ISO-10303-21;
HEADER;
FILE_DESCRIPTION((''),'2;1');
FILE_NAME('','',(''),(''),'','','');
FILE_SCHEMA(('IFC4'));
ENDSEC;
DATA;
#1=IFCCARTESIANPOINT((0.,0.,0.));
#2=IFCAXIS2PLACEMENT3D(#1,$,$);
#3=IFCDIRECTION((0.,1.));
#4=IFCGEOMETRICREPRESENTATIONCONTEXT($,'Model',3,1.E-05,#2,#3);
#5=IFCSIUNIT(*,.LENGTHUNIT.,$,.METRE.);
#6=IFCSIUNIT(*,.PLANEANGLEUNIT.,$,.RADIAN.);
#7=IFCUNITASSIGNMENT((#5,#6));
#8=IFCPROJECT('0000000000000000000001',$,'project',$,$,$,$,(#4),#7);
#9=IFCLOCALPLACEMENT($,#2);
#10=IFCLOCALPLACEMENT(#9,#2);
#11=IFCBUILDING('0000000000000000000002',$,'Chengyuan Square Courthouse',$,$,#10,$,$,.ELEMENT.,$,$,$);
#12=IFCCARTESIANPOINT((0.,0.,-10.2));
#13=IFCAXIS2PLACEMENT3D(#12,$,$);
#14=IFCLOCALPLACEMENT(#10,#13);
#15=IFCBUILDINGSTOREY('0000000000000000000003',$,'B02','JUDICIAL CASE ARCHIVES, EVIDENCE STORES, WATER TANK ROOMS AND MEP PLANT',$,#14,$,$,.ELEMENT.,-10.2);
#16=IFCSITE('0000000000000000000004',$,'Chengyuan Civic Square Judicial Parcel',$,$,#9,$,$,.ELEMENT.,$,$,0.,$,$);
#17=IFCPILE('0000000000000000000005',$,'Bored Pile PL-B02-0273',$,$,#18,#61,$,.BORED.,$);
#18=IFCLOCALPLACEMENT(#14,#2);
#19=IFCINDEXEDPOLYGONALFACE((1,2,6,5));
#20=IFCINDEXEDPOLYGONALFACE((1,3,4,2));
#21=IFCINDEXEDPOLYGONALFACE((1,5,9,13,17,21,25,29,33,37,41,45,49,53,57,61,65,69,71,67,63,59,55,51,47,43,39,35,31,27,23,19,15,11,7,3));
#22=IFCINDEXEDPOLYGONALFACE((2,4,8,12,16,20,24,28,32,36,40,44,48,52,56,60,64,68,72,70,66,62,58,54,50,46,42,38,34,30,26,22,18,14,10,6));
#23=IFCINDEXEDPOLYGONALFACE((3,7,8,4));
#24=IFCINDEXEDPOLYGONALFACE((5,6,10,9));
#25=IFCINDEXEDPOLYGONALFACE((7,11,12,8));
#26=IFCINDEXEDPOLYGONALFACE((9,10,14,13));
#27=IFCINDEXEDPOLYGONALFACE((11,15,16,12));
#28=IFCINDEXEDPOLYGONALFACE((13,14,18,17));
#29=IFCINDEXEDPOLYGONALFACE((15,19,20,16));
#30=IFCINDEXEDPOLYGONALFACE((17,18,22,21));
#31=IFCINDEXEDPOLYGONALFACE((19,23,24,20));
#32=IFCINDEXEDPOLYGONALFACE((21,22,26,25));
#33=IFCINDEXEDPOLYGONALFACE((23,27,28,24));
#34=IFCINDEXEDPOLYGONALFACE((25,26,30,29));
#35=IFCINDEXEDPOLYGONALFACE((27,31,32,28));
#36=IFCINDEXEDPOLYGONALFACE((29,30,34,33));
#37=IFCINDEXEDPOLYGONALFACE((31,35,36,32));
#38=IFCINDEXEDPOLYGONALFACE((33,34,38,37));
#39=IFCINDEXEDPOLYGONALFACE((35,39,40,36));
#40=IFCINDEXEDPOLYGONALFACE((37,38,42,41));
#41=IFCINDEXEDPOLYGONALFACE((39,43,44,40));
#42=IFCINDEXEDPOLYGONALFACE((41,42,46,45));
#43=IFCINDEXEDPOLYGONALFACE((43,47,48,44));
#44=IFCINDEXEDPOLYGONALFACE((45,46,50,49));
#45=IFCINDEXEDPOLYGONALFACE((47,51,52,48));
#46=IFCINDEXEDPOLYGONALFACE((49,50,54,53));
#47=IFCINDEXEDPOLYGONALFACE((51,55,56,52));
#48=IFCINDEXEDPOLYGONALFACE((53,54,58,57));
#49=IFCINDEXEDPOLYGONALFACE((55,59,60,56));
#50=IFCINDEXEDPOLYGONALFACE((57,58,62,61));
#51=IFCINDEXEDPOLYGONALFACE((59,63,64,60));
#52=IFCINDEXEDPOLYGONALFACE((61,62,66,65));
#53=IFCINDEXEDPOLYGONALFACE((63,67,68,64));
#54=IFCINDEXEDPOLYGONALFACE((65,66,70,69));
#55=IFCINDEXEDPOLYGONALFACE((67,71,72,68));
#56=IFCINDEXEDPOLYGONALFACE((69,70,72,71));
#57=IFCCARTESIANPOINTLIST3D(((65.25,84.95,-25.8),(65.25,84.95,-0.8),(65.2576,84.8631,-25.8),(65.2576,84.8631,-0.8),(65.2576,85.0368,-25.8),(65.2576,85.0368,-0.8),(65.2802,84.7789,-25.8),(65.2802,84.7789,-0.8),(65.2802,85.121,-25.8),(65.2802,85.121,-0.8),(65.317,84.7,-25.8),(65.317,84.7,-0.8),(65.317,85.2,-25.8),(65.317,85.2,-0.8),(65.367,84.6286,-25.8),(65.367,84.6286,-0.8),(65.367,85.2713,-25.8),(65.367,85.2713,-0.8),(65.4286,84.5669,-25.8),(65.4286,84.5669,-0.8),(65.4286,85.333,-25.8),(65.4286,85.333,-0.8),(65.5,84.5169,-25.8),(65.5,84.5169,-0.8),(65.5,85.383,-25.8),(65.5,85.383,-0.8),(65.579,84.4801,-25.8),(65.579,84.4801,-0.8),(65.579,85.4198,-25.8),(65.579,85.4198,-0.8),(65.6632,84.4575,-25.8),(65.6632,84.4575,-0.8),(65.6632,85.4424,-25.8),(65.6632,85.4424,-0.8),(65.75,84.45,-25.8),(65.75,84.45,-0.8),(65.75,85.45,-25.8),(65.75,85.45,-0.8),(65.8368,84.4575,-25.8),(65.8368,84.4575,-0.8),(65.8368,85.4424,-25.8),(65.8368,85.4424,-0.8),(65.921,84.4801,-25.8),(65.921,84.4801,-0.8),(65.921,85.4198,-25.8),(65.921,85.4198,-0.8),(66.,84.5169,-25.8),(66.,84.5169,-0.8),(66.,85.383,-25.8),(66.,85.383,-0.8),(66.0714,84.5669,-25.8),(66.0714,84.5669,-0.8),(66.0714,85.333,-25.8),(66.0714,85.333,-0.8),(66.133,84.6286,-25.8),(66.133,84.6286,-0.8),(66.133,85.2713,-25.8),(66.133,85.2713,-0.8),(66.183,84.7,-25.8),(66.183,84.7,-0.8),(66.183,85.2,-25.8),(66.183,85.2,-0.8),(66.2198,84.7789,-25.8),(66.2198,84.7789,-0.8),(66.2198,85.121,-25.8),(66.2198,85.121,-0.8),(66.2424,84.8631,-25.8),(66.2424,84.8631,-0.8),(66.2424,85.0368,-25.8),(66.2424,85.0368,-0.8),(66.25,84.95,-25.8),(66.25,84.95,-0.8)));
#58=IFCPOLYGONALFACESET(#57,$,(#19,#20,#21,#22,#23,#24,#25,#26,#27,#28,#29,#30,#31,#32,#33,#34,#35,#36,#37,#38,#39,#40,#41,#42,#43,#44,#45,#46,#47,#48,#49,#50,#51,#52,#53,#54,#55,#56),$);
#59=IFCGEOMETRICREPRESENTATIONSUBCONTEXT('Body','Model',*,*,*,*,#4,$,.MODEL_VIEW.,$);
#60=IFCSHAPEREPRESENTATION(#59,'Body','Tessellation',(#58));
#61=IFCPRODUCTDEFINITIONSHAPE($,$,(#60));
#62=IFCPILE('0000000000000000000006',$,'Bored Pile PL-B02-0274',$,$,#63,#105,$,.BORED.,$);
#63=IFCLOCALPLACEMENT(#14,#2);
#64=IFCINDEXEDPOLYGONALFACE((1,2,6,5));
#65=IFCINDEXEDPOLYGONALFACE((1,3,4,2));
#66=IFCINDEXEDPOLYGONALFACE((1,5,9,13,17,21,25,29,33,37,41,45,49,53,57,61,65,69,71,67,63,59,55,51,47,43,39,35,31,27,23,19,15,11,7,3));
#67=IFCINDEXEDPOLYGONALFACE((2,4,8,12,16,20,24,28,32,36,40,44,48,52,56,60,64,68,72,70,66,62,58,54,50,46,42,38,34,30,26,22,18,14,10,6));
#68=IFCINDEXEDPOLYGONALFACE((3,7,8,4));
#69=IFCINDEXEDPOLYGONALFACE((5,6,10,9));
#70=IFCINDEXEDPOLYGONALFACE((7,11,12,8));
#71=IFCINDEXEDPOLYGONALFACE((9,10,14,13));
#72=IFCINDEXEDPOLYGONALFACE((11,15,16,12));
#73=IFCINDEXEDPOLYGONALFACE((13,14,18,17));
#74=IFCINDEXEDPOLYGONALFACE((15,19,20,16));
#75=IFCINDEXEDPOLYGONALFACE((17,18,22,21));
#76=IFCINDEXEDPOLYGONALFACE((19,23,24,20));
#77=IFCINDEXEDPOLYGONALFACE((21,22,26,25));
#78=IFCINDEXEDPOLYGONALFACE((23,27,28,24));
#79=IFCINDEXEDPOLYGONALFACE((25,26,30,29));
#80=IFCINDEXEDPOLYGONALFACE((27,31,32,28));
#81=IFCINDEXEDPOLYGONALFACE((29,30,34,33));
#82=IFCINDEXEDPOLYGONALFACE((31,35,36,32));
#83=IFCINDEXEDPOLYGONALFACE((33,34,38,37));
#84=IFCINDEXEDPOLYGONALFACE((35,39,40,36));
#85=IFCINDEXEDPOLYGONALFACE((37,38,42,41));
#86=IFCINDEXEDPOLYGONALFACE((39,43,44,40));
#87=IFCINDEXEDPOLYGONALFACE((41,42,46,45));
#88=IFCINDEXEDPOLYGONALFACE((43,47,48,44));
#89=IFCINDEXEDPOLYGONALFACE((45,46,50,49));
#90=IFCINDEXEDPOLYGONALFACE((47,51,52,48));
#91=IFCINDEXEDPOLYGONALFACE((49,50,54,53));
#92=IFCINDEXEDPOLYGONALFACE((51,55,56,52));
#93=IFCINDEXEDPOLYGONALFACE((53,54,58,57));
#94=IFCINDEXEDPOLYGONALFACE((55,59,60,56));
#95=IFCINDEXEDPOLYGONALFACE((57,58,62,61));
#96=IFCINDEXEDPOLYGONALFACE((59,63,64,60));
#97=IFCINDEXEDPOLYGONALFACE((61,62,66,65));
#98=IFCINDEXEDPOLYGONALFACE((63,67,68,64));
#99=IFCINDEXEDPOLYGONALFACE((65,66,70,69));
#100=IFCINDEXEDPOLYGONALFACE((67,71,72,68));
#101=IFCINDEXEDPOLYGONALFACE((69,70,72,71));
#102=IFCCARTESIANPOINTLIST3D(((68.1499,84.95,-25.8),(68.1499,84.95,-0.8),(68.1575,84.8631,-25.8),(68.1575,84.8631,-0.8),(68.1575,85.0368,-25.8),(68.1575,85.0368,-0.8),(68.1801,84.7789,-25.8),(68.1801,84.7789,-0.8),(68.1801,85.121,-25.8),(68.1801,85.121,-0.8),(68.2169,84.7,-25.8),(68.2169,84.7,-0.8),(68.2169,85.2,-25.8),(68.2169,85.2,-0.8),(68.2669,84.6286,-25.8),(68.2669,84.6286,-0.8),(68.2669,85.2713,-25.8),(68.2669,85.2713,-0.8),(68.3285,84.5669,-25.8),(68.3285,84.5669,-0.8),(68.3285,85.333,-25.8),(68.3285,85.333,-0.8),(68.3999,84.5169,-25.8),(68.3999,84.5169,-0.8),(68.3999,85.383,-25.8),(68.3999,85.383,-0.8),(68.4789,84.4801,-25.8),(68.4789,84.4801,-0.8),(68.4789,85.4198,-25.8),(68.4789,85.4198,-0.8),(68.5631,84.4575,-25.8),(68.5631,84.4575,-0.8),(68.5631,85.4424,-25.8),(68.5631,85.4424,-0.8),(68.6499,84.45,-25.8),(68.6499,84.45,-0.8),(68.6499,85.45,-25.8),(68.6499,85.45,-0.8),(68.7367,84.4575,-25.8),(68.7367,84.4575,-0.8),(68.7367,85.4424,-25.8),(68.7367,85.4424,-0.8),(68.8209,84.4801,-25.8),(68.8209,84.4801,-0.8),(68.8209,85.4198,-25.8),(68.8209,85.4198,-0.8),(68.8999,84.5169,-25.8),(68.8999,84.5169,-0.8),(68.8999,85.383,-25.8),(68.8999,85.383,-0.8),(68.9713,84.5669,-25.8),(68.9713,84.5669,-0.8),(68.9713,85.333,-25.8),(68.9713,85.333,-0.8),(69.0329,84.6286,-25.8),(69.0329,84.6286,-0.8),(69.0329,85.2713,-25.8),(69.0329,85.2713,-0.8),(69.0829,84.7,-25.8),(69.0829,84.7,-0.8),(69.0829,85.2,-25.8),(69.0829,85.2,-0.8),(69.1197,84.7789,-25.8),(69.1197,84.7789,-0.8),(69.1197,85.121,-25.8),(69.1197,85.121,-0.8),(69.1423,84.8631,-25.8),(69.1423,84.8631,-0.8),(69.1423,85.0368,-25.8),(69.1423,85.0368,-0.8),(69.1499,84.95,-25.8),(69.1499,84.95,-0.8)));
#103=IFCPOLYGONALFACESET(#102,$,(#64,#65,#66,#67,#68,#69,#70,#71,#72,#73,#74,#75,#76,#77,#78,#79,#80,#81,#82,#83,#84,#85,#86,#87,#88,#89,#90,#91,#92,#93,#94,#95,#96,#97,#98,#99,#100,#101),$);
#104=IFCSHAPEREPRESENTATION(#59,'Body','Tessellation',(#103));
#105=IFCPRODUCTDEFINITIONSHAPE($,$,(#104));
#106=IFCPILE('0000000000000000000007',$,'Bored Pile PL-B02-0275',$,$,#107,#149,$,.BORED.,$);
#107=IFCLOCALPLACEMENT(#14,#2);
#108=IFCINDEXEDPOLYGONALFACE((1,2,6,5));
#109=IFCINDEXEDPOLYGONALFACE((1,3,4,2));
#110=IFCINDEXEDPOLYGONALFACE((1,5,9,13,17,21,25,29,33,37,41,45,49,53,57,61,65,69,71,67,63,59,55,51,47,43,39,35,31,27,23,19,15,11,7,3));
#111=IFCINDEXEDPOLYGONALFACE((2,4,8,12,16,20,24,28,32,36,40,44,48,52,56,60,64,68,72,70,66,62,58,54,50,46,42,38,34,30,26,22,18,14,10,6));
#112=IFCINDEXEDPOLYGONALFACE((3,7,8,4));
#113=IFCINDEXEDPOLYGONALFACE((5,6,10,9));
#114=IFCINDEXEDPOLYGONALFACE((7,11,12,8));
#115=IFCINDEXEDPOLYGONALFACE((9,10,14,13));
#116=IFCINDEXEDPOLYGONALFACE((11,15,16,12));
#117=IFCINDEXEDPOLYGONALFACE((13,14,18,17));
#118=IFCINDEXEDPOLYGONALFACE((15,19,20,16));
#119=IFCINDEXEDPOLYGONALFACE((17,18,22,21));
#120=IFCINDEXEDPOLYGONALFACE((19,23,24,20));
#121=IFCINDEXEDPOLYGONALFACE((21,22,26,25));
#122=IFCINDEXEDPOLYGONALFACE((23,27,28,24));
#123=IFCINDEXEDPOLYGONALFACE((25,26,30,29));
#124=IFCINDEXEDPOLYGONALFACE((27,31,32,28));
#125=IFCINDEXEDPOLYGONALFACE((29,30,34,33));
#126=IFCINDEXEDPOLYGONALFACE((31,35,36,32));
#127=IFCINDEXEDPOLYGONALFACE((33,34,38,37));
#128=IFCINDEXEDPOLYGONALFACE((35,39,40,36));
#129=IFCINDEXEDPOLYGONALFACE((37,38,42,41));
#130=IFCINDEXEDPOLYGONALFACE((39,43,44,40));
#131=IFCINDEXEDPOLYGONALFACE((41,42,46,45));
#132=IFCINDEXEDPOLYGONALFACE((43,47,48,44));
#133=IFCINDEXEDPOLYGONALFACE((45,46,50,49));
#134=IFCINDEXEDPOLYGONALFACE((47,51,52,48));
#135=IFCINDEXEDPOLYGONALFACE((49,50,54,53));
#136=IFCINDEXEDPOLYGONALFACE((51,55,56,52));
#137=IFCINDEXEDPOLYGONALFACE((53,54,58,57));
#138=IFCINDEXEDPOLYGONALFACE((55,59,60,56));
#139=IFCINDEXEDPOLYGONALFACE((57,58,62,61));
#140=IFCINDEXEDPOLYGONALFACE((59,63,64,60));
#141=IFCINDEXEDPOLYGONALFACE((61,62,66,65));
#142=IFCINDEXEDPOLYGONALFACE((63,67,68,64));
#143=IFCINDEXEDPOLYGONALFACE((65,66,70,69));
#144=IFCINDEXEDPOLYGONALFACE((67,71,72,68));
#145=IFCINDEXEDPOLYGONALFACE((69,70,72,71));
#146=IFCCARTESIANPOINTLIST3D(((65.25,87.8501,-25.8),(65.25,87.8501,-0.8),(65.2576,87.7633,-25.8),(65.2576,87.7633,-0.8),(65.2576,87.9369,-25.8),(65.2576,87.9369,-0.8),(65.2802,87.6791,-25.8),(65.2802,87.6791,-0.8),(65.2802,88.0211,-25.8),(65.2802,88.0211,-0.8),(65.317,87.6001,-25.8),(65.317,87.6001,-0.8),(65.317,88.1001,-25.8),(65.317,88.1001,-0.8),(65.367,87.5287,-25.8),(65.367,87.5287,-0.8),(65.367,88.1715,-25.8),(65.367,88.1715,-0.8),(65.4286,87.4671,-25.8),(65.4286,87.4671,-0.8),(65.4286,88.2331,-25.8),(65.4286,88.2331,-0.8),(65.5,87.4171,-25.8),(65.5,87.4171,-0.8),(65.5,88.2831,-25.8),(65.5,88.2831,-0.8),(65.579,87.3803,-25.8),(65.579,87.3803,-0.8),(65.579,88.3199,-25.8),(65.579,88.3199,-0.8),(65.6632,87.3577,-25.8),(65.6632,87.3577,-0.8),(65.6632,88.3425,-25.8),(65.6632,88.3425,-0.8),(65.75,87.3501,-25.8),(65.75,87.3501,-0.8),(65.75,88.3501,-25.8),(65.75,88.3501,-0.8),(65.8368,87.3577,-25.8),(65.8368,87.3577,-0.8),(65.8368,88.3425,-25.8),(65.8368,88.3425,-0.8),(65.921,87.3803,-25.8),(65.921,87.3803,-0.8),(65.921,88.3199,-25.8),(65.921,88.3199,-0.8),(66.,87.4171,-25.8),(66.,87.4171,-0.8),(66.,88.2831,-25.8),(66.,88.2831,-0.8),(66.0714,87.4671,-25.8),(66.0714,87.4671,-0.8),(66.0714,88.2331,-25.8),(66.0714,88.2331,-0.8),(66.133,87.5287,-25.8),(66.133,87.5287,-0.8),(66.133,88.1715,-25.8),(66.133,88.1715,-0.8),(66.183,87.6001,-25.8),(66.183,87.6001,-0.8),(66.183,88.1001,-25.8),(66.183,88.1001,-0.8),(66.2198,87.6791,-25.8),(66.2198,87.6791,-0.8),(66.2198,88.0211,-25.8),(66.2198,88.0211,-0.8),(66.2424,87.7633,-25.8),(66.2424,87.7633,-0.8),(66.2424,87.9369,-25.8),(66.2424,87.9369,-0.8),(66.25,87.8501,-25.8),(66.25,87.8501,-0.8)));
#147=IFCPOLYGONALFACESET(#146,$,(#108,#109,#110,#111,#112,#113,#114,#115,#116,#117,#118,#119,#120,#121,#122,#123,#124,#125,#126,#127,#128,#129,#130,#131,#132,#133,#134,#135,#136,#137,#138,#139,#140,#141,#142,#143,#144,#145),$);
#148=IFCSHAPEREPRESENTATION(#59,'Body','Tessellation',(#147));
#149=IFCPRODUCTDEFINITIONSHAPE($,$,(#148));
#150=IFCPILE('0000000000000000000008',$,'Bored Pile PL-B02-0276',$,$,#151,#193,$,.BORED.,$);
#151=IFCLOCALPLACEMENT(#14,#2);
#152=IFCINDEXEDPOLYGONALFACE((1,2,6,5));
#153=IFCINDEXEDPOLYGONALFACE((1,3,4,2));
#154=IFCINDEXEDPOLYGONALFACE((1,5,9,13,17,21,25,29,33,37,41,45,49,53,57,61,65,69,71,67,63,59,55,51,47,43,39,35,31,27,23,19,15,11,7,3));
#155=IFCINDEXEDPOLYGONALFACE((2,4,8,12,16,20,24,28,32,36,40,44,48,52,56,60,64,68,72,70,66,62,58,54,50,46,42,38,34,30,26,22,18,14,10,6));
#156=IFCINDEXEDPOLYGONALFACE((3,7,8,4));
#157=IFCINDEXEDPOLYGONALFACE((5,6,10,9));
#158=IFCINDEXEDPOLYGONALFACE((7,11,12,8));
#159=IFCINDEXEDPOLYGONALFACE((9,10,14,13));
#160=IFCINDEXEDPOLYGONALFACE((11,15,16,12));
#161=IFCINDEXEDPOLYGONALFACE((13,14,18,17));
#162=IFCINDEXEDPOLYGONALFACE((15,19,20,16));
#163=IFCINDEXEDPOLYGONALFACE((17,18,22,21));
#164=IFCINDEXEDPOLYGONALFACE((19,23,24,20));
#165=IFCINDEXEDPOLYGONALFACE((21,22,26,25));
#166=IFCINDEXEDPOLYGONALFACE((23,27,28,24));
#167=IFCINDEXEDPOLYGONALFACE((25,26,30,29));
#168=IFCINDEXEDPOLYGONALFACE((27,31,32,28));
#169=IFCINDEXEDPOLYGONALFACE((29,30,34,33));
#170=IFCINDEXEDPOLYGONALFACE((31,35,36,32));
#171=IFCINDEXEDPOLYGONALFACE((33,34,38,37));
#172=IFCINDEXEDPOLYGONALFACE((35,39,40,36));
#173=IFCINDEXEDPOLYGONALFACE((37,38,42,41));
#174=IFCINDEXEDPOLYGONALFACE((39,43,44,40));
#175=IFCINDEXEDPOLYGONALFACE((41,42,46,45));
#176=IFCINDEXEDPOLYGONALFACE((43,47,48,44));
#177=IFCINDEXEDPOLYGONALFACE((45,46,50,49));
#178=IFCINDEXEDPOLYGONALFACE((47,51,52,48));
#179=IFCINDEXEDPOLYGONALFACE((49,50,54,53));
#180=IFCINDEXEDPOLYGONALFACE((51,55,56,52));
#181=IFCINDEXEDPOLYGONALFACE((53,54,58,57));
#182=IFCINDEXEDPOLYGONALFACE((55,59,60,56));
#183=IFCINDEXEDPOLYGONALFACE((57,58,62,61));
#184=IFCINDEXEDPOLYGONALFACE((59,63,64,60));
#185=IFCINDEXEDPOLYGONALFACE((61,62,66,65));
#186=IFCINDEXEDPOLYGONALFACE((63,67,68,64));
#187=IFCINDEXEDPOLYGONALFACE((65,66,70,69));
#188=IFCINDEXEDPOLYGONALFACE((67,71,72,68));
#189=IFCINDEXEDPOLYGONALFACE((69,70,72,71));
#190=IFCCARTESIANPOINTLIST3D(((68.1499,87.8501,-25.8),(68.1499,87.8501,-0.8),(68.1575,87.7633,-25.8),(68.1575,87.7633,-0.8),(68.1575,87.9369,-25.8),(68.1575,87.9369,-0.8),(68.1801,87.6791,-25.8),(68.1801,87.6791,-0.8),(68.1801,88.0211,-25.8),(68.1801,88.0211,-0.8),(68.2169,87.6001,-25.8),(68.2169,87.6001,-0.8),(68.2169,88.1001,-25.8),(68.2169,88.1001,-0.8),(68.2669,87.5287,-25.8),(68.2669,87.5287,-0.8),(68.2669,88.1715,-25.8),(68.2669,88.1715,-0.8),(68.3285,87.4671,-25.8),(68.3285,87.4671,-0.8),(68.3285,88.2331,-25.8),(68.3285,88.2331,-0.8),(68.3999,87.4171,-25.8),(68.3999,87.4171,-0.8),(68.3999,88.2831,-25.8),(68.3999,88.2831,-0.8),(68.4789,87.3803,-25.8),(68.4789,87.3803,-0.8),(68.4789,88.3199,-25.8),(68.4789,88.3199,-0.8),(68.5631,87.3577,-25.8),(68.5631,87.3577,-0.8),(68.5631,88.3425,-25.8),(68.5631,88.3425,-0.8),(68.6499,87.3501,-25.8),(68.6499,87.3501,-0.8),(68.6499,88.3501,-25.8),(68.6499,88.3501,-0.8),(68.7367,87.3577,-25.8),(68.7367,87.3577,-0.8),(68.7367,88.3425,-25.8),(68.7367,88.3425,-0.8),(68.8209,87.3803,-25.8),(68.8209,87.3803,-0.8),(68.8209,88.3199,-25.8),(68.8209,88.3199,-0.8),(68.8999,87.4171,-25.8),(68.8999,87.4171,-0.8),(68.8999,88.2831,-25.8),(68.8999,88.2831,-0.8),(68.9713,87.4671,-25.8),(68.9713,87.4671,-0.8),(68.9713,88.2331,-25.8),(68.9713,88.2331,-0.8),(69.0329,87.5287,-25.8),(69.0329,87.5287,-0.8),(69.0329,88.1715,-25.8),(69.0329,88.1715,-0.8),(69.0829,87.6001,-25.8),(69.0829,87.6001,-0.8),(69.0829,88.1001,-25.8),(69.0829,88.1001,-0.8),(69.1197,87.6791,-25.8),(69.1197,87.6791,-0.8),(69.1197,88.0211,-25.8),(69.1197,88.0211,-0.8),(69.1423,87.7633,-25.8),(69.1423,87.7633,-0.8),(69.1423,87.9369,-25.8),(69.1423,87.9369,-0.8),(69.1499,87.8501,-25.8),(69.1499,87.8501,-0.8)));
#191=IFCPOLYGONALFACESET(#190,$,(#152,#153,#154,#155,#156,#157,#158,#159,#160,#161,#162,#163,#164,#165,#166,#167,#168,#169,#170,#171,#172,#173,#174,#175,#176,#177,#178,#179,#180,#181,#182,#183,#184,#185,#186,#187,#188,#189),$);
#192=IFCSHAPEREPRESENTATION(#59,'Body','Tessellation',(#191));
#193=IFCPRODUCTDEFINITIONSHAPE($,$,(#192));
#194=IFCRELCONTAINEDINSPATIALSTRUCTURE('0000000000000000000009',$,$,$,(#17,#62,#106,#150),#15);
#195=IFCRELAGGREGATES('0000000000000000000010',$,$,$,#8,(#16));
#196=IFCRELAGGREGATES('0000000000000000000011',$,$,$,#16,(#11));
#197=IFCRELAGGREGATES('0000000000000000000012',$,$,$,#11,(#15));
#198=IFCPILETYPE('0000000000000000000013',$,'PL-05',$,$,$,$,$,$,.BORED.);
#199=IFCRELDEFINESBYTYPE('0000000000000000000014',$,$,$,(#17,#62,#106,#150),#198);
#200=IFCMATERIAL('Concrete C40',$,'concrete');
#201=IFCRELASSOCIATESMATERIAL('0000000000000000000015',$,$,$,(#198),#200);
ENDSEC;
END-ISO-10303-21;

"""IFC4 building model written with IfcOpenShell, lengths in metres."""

from ifc_helpers import new_model, si_unit, direction, frame, origin, origin_2d, place, context, subcontext, project, spatial, circle, extrude, material, material_profile, profile_set, type_object, element, save


model = new_model("IFC4")

# Units and contexts
model_context = context("Model", 3, precision=1e-05, world=origin(), true_north=direction((0.0, 1.0)))
body_context = subcontext(model_context, "Body", "Model", "MODEL_VIEW")
ifc_project = project(units=[si_unit("LENGTHUNIT", "METRE"), si_unit("PLANEANGLEUNIT", "RADIAN")], contexts=[model_context])

# Site, building, storey
site_placement = place(None, origin())
site = spatial("IfcSite", under=ifc_project, at=site_placement, Name="Chengyuan Civic Square Judicial Parcel", CompositionType="ELEMENT", RefElevation=0.0)
building_placement = place(site_placement, origin())
building = spatial("IfcBuilding", under=site, at=building_placement, Name="Chengyuan Square Courthouse", CompositionType="ELEMENT")
storey_placement = place(building_placement, frame((0.0, 0.0, -10.2)))
storey = spatial("IfcBuildingStorey", under=building, at=storey_placement, Name="B02", Description="JUDICIAL CASE ARCHIVES, EVIDENCE STORES, WATER TANK ROOMS AND MEP PLANT", CompositionType="ELEMENT", Elevation=-10.2)

# Shared definitions
ifc_material_1 = material(Name="Concrete C40", Category="concrete")

# Piles
ifc_material_profile_1 = material_profile(ifc_material_1, circle(Radius=0.5, at=origin_2d()), Name="BORED PILE D1000")
ifc_profile_set_1 = profile_set([ifc_material_profile_1], Name="Concrete C40")
pile_type_1 = type_object("IfcPileType", Name="PL-05", PredefinedType="BORED", material=ifc_profile_set_1)
for number, where, z_axis, x_axis, name in (
    (1, (65.75, 84.95, -0.8), (0.0, 0.0, -1.0), (1.0, 0.0, 0.0), "Bored Pile PL-B02-0273"),
    (2, (68.6499, 84.95, -0.8), (0.0, 0.0, -1.0), (1.0, 0.0, 0.0), "Bored Pile PL-B02-0274"),
    (3, (65.75, 87.8501, -0.8), (0.0, 0.0, -1.0), (1.0, 0.0, 0.0), "Bored Pile PL-B02-0275"),
    (4, (68.6499, 87.8501, -0.8), (0.0, 0.0, -1.0), (1.0, 0.0, 0.0), "Bored Pile PL-B02-0276"),
):
    element("IfcPile", number, at=place(storey_placement, frame(where, z_axis=z_axis, x_axis=x_axis)), inside=storey, type_object=pile_type_1, Name=name, PredefinedType="BORED", context=body_context, shape_type="SweptSolid", body=[
        extrude(circle(Radius=0.5, at=origin_2d()), origin(), (0.0, 0.0, 1.0), 25.0),
    ])

save(model, "model.ifc")
